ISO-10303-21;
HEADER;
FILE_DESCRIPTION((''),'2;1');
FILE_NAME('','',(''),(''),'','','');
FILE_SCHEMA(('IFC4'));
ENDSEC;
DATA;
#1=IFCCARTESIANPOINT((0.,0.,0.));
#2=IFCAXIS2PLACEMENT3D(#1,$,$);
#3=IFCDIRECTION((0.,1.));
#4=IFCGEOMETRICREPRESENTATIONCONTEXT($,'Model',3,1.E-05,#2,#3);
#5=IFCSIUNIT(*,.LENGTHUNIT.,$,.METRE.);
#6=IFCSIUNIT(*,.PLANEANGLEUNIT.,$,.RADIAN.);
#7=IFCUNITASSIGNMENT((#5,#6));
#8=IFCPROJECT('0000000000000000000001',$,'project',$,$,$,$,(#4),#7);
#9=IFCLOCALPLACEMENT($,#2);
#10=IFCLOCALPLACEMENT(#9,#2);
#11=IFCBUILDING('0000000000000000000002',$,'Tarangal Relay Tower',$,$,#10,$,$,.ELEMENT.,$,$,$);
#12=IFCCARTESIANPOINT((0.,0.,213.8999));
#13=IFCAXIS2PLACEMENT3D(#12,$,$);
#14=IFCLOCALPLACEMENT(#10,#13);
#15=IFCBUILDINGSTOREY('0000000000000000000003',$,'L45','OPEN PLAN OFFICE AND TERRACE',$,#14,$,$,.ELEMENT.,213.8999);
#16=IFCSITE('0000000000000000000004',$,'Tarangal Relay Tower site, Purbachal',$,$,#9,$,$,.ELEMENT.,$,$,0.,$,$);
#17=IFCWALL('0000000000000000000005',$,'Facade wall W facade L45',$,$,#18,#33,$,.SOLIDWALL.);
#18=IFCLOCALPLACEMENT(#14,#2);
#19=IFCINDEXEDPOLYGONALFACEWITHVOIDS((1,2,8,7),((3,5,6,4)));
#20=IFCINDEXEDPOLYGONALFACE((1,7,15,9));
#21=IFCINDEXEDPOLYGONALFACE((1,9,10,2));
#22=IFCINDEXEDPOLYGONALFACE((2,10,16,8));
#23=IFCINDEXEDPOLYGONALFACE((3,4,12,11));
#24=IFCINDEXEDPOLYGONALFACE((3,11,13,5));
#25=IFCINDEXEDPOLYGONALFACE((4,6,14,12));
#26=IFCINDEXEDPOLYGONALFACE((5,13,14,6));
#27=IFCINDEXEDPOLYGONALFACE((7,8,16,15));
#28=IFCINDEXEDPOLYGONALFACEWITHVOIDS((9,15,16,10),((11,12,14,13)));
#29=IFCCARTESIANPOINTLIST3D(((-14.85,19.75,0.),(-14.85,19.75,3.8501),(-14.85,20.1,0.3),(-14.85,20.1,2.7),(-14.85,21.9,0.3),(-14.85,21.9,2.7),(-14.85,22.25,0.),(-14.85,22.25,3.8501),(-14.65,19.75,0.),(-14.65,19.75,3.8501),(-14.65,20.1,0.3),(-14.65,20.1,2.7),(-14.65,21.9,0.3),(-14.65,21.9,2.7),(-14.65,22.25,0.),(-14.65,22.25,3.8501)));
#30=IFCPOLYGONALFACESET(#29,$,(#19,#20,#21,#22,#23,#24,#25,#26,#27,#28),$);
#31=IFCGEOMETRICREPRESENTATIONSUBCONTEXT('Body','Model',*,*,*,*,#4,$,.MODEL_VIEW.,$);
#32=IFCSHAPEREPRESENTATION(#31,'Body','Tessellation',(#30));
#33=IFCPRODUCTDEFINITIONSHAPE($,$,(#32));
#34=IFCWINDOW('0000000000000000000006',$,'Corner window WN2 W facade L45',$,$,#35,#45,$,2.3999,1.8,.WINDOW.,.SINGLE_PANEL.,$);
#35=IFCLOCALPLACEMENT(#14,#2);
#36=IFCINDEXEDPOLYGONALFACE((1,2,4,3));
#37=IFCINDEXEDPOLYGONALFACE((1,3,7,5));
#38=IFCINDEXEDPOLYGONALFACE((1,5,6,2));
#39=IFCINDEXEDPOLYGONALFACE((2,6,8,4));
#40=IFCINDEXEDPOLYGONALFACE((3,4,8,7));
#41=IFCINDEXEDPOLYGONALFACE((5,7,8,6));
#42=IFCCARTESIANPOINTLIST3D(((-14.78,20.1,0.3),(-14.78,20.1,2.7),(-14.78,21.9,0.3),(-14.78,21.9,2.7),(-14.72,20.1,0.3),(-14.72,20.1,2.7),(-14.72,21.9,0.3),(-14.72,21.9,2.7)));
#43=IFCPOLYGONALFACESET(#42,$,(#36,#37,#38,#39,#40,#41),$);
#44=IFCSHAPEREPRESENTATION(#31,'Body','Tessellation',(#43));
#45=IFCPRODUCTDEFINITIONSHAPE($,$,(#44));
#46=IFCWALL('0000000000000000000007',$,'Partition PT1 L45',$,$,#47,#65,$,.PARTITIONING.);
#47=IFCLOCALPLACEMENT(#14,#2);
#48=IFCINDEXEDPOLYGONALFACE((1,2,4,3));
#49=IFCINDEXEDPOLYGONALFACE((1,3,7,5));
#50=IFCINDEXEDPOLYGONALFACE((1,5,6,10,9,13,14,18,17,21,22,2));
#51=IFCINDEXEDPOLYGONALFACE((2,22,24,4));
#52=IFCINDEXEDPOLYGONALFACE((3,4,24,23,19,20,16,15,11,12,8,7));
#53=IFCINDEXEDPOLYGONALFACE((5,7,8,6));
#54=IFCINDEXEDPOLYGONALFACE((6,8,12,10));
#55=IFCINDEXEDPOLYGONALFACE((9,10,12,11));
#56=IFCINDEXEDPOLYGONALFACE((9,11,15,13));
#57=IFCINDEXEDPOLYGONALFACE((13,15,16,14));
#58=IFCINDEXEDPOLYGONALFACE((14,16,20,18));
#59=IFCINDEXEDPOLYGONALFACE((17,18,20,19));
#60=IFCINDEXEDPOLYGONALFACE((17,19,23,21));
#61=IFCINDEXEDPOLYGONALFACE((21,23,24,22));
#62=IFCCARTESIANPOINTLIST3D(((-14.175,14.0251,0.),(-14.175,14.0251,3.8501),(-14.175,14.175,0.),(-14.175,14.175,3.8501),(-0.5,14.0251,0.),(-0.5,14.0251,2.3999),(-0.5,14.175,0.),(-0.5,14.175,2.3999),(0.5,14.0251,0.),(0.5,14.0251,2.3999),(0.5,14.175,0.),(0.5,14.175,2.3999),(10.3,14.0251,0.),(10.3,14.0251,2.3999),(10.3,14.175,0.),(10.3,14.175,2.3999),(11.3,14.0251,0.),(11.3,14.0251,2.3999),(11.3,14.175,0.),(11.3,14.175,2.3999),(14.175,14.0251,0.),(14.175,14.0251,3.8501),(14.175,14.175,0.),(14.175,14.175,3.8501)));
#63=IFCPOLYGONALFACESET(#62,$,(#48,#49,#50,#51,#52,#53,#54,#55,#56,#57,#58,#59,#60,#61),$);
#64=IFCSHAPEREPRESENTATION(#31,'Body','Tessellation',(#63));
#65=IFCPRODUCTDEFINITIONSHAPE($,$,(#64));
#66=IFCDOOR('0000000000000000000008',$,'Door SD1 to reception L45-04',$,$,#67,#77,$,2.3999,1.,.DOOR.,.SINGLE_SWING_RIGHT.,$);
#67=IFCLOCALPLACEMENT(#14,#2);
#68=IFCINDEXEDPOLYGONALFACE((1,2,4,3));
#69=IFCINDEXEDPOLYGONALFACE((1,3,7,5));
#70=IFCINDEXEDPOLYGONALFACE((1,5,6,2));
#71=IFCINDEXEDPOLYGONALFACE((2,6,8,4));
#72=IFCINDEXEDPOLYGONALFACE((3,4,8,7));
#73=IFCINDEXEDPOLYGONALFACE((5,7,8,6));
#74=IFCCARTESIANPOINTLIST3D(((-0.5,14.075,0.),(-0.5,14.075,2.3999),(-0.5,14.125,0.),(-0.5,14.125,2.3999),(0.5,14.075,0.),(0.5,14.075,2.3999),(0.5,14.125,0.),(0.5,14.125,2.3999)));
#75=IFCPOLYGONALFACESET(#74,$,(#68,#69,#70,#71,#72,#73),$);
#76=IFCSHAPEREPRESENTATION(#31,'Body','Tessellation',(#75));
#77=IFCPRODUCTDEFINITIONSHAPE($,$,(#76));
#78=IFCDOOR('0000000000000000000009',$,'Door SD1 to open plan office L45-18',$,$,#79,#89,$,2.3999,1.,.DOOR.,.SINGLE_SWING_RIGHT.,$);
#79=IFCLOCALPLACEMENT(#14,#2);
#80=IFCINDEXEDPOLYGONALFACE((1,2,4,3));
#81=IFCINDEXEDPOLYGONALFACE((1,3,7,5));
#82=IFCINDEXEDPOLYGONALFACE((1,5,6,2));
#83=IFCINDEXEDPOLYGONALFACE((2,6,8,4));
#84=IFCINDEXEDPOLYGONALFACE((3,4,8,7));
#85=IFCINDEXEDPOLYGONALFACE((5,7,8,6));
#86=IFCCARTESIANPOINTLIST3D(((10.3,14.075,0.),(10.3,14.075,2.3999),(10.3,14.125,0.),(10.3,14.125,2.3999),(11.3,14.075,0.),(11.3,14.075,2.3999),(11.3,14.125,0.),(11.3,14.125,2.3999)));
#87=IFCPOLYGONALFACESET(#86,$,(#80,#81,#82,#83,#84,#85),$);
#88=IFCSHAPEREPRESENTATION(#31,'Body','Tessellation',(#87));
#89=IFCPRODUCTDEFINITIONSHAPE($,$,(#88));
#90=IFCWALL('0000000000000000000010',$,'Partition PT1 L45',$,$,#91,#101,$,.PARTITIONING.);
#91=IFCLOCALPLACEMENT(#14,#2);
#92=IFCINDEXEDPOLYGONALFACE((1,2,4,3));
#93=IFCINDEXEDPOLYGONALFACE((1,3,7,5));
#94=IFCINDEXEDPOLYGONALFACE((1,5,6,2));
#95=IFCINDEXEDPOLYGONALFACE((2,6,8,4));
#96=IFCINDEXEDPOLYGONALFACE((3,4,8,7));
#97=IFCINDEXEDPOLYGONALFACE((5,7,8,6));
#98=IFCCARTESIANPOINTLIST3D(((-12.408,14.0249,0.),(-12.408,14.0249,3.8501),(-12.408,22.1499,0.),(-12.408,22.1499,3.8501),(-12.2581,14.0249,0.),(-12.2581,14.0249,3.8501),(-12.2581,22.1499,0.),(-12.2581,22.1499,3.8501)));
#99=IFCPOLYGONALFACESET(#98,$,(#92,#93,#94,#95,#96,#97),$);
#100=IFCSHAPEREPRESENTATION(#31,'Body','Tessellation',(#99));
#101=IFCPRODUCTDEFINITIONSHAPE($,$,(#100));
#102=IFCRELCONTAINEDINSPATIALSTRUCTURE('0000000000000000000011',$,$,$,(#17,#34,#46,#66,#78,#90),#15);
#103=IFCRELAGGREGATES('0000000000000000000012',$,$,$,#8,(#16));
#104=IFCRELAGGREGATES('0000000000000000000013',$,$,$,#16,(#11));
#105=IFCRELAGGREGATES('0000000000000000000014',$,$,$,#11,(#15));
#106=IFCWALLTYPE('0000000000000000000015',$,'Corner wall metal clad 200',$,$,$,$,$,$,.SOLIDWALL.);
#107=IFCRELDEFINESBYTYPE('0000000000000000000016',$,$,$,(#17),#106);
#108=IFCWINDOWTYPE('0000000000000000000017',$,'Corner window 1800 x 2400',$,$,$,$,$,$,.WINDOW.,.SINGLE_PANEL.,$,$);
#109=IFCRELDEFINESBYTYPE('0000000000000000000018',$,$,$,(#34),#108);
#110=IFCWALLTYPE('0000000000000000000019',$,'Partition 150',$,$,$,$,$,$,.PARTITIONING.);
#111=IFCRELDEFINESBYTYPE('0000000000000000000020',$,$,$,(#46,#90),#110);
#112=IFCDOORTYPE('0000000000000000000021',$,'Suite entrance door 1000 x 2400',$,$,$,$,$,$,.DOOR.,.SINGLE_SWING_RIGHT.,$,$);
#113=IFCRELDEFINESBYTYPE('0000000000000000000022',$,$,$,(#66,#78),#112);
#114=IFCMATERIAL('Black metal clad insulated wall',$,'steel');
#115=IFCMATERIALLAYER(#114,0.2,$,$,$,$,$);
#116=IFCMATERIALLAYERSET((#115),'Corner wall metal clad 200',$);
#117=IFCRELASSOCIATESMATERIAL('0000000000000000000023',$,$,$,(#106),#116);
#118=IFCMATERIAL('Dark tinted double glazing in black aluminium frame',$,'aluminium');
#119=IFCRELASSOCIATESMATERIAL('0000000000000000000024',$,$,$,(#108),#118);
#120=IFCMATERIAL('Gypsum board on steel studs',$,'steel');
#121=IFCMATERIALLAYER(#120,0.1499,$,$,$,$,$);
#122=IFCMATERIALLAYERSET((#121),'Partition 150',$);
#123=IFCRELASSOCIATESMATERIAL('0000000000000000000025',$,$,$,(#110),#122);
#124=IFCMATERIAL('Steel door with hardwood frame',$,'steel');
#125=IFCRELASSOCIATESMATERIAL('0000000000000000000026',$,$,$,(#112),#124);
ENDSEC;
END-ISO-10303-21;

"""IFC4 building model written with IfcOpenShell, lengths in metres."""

from ifc_helpers import new_model, si_unit, direction, frame, frame_2d, origin, place, context, subcontext, project, spatial, rectangle, extrude, material, layer, layer_set, type_object, element, fill, save


model = new_model("IFC4")

# Units and contexts
model_context = context("Model", 3, precision=1e-05, world=origin(), true_north=direction((0.0, 1.0)))
body_context = subcontext(model_context, "Body", "Model", "MODEL_VIEW")
ifc_project = project(units=[si_unit("LENGTHUNIT", "METRE"), si_unit("PLANEANGLEUNIT", "RADIAN")], contexts=[model_context])

# Site, building, storey
site_placement = place(None, origin())
site = spatial("IfcSite", under=ifc_project, at=site_placement, Name="Tarangal Relay Tower site, Purbachal", CompositionType="ELEMENT", RefElevation=0.0)
building_placement = place(site_placement, origin())
building = spatial("IfcBuilding", under=site, at=building_placement, Name="Tarangal Relay Tower", CompositionType="ELEMENT")
storey_placement = place(building_placement, frame((0.0, 0.0, 213.8999)))
storey = spatial("IfcBuildingStorey", under=building, at=storey_placement, Name="L45", Description="OPEN PLAN OFFICE AND TERRACE", CompositionType="ELEMENT", Elevation=213.8999)

# Shared definitions
ifc_material_1 = material(Name="Black metal clad insulated wall", Category="steel")
ifc_layer_1 = layer(ifc_material_1, 0.2)
ifc_layer_set_1 = layer_set([ifc_layer_1], Name="Corner wall metal clad 200")
wall_type_1 = type_object("IfcWallType", Name="Corner wall metal clad 200", PredefinedType="SOLIDWALL", material=ifc_layer_set_1)

# Shared definitions
ifc_material_2 = material(Name="Dark tinted double glazing in black aluminium frame", Category="aluminium")
window_type = type_object("IfcWindowType", Name="Corner window 1800 x 2400", PartitioningType="SINGLE_PANEL", PredefinedType="WINDOW", material=ifc_material_2)

# Wall, opening, window
wall_1_placement = place(storey_placement, frame((-14.75, 19.75, 0.0), z_axis=(0.0, 0.0, 1.0), x_axis=(0.0, 1.0, 0.0)))
wall_1 = element("IfcWall", 1, at=wall_1_placement, inside=storey, type_object=wall_type_1, Name="Facade wall W facade L45", PredefinedType="SOLIDWALL", context=body_context, shape_type="SweptSolid", body=[
    extrude(rectangle(XDim=2.5, YDim=0.2, at=frame_2d((1.25, 0.0))), origin(), (0.0, 0.0, 1.0), 3.8501),
])
opening_1_placement = place(wall_1_placement, frame((0.3501, 0.0, 0.3)))
opening_1 = element("IfcOpeningElement", 2, at=opening_1_placement, cuts=wall_1, PredefinedType="OPENING", context=body_context, shape_type="SweptSolid", body=[
    extrude(rectangle(XDim=1.8, YDim=2.3999, at=frame_2d((0.8999, 1.2))), frame((0.0, 0.1099, 0.0), z_axis=(0.0, -1.0, 0.0), x_axis=(1.0, 0.0, 0.0)), (0.0, 0.0, 1.0), 0.22),
])
window_1_placement = place(opening_1_placement, origin())
window_1 = element("IfcWindow", 3, at=window_1_placement, inside=storey, type_object=window_type, Name="Corner window WN2 W facade L45", OverallHeight=2.3999, OverallWidth=1.8, PartitioningType="SINGLE_PANEL", PredefinedType="WINDOW", context=body_context, shape_type="SweptSolid", body=[
    extrude(rectangle(XDim=1.8, YDim=2.3999, at=frame_2d((0.8999, 1.2))), frame((0.0, 0.03, 0.0), z_axis=(0.0, -1.0, 0.0), x_axis=(1.0, 0.0, 0.0)), (0.0, 0.0, 1.0), 0.0601),
])
fill(opening_1, window_1)

# Wall, openings, doors
ifc_material_3 = material(Name="Gypsum board on steel studs", Category="steel")
ifc_layer_2 = layer(ifc_material_3, 0.1499)
ifc_layer_set_2 = layer_set([ifc_layer_2], Name="Partition 150")
wall_type_2 = type_object("IfcWallType", Name="Partition 150", PredefinedType="PARTITIONING", material=ifc_layer_set_2)
wall_2_placement = place(storey_placement, frame((-14.175, 14.1001, 0.0), z_axis=(0.0, 0.0, 1.0), x_axis=(1.0, 0.0, 0.0)))
wall_2 = element("IfcWall", 4, at=wall_2_placement, inside=storey, type_object=wall_type_2, Name="Partition PT1 L45", PredefinedType="PARTITIONING", context=body_context, shape_type="SweptSolid", body=[
    extrude(rectangle(XDim=28.3501, YDim=0.1499, at=frame_2d((14.175, 0.0))), origin(), (0.0, 0.0, 1.0), 3.8501),
])
opening_2_placement = place(wall_2_placement, frame((13.675, 0.0, 0.0)))
opening_2 = element("IfcOpeningElement", 5, at=opening_2_placement, cuts=wall_2, PredefinedType="OPENING", context=body_context, shape_type="SweptSolid", body=[
    extrude(rectangle(XDim=1.0, YDim=2.3999, at=frame_2d((0.5, 1.2))), frame((0.0, 0.085, 0.0), z_axis=(0.0, -1.0, 0.0), x_axis=(1.0, 0.0, 0.0)), (0.0, 0.0, 1.0), 0.1699),
])
opening_3_placement = place(wall_2_placement, frame((24.4751, 0.0, 0.0)))
opening_3 = element("IfcOpeningElement", 6, at=opening_3_placement, cuts=wall_2, PredefinedType="OPENING", context=body_context, shape_type="SweptSolid", body=[
    extrude(rectangle(XDim=1.0, YDim=2.3999, at=frame_2d((0.5, 1.2))), frame((0.0, 0.085, 0.0), z_axis=(0.0, -1.0, 0.0), x_axis=(1.0, 0.0, 0.0)), (0.0, 0.0, 1.0), 0.1699),
])
ifc_material_4 = material(Name="Steel door with hardwood frame", Category="steel")
door_type_1 = type_object("IfcDoorType", Name="Suite entrance door 1000 x 2400", OperationType="SINGLE_SWING_RIGHT", PredefinedType="DOOR", material=ifc_material_4)
door_1_placement = place(opening_2_placement, origin())
door_1 = element("IfcDoor", 7, at=door_1_placement, inside=storey, type_object=door_type_1, Name="Door SD1 to reception L45-04", OperationType="SINGLE_SWING_RIGHT", OverallHeight=2.3999, OverallWidth=1.0, PredefinedType="DOOR", context=body_context, shape_type="SweptSolid", body=[
    extrude(rectangle(XDim=1.0, YDim=2.3999, at=frame_2d((0.5, 1.2))), frame((0.0, 0.0249, 0.0), z_axis=(0.0, -1.0, 0.0), x_axis=(1.0, 0.0, 0.0)), (0.0, 0.0, 1.0), 0.05),
])
fill(opening_2, door_1)
door_2_placement = place(opening_3_placement, origin())
door_2 = element("IfcDoor", 8, at=door_2_placement, inside=storey, type_object=door_type_1, Name="Door SD1 to open plan office L45-18", OperationType="SINGLE_SWING_RIGHT", OverallHeight=2.3999, OverallWidth=1.0, PredefinedType="DOOR", context=body_context, shape_type="SweptSolid", body=[
    extrude(rectangle(XDim=1.0, YDim=2.3999, at=frame_2d((0.5, 1.2))), frame((0.0, 0.0249, 0.0), z_axis=(0.0, -1.0, 0.0), x_axis=(1.0, 0.0, 0.0)), (0.0, 0.0, 1.0), 0.05),
])
fill(opening_3, door_2)

# Wall
wall_3_placement = place(storey_placement, frame((-12.333, 14.0249, 0.0), z_axis=(0.0, 0.0, 1.0), x_axis=(0.0, 1.0, 0.0)))
element("IfcWall", 9, at=wall_3_placement, inside=storey, type_object=wall_type_2, Name="Partition PT1 L45", PredefinedType="PARTITIONING", context=body_context, shape_type="SweptSolid", body=[
    extrude(rectangle(XDim=8.125, YDim=0.1499, at=frame_2d((4.0625, 0.0))), origin(), (0.0, 0.0, 1.0), 3.8501),
])

save(model, "model.ifc")
